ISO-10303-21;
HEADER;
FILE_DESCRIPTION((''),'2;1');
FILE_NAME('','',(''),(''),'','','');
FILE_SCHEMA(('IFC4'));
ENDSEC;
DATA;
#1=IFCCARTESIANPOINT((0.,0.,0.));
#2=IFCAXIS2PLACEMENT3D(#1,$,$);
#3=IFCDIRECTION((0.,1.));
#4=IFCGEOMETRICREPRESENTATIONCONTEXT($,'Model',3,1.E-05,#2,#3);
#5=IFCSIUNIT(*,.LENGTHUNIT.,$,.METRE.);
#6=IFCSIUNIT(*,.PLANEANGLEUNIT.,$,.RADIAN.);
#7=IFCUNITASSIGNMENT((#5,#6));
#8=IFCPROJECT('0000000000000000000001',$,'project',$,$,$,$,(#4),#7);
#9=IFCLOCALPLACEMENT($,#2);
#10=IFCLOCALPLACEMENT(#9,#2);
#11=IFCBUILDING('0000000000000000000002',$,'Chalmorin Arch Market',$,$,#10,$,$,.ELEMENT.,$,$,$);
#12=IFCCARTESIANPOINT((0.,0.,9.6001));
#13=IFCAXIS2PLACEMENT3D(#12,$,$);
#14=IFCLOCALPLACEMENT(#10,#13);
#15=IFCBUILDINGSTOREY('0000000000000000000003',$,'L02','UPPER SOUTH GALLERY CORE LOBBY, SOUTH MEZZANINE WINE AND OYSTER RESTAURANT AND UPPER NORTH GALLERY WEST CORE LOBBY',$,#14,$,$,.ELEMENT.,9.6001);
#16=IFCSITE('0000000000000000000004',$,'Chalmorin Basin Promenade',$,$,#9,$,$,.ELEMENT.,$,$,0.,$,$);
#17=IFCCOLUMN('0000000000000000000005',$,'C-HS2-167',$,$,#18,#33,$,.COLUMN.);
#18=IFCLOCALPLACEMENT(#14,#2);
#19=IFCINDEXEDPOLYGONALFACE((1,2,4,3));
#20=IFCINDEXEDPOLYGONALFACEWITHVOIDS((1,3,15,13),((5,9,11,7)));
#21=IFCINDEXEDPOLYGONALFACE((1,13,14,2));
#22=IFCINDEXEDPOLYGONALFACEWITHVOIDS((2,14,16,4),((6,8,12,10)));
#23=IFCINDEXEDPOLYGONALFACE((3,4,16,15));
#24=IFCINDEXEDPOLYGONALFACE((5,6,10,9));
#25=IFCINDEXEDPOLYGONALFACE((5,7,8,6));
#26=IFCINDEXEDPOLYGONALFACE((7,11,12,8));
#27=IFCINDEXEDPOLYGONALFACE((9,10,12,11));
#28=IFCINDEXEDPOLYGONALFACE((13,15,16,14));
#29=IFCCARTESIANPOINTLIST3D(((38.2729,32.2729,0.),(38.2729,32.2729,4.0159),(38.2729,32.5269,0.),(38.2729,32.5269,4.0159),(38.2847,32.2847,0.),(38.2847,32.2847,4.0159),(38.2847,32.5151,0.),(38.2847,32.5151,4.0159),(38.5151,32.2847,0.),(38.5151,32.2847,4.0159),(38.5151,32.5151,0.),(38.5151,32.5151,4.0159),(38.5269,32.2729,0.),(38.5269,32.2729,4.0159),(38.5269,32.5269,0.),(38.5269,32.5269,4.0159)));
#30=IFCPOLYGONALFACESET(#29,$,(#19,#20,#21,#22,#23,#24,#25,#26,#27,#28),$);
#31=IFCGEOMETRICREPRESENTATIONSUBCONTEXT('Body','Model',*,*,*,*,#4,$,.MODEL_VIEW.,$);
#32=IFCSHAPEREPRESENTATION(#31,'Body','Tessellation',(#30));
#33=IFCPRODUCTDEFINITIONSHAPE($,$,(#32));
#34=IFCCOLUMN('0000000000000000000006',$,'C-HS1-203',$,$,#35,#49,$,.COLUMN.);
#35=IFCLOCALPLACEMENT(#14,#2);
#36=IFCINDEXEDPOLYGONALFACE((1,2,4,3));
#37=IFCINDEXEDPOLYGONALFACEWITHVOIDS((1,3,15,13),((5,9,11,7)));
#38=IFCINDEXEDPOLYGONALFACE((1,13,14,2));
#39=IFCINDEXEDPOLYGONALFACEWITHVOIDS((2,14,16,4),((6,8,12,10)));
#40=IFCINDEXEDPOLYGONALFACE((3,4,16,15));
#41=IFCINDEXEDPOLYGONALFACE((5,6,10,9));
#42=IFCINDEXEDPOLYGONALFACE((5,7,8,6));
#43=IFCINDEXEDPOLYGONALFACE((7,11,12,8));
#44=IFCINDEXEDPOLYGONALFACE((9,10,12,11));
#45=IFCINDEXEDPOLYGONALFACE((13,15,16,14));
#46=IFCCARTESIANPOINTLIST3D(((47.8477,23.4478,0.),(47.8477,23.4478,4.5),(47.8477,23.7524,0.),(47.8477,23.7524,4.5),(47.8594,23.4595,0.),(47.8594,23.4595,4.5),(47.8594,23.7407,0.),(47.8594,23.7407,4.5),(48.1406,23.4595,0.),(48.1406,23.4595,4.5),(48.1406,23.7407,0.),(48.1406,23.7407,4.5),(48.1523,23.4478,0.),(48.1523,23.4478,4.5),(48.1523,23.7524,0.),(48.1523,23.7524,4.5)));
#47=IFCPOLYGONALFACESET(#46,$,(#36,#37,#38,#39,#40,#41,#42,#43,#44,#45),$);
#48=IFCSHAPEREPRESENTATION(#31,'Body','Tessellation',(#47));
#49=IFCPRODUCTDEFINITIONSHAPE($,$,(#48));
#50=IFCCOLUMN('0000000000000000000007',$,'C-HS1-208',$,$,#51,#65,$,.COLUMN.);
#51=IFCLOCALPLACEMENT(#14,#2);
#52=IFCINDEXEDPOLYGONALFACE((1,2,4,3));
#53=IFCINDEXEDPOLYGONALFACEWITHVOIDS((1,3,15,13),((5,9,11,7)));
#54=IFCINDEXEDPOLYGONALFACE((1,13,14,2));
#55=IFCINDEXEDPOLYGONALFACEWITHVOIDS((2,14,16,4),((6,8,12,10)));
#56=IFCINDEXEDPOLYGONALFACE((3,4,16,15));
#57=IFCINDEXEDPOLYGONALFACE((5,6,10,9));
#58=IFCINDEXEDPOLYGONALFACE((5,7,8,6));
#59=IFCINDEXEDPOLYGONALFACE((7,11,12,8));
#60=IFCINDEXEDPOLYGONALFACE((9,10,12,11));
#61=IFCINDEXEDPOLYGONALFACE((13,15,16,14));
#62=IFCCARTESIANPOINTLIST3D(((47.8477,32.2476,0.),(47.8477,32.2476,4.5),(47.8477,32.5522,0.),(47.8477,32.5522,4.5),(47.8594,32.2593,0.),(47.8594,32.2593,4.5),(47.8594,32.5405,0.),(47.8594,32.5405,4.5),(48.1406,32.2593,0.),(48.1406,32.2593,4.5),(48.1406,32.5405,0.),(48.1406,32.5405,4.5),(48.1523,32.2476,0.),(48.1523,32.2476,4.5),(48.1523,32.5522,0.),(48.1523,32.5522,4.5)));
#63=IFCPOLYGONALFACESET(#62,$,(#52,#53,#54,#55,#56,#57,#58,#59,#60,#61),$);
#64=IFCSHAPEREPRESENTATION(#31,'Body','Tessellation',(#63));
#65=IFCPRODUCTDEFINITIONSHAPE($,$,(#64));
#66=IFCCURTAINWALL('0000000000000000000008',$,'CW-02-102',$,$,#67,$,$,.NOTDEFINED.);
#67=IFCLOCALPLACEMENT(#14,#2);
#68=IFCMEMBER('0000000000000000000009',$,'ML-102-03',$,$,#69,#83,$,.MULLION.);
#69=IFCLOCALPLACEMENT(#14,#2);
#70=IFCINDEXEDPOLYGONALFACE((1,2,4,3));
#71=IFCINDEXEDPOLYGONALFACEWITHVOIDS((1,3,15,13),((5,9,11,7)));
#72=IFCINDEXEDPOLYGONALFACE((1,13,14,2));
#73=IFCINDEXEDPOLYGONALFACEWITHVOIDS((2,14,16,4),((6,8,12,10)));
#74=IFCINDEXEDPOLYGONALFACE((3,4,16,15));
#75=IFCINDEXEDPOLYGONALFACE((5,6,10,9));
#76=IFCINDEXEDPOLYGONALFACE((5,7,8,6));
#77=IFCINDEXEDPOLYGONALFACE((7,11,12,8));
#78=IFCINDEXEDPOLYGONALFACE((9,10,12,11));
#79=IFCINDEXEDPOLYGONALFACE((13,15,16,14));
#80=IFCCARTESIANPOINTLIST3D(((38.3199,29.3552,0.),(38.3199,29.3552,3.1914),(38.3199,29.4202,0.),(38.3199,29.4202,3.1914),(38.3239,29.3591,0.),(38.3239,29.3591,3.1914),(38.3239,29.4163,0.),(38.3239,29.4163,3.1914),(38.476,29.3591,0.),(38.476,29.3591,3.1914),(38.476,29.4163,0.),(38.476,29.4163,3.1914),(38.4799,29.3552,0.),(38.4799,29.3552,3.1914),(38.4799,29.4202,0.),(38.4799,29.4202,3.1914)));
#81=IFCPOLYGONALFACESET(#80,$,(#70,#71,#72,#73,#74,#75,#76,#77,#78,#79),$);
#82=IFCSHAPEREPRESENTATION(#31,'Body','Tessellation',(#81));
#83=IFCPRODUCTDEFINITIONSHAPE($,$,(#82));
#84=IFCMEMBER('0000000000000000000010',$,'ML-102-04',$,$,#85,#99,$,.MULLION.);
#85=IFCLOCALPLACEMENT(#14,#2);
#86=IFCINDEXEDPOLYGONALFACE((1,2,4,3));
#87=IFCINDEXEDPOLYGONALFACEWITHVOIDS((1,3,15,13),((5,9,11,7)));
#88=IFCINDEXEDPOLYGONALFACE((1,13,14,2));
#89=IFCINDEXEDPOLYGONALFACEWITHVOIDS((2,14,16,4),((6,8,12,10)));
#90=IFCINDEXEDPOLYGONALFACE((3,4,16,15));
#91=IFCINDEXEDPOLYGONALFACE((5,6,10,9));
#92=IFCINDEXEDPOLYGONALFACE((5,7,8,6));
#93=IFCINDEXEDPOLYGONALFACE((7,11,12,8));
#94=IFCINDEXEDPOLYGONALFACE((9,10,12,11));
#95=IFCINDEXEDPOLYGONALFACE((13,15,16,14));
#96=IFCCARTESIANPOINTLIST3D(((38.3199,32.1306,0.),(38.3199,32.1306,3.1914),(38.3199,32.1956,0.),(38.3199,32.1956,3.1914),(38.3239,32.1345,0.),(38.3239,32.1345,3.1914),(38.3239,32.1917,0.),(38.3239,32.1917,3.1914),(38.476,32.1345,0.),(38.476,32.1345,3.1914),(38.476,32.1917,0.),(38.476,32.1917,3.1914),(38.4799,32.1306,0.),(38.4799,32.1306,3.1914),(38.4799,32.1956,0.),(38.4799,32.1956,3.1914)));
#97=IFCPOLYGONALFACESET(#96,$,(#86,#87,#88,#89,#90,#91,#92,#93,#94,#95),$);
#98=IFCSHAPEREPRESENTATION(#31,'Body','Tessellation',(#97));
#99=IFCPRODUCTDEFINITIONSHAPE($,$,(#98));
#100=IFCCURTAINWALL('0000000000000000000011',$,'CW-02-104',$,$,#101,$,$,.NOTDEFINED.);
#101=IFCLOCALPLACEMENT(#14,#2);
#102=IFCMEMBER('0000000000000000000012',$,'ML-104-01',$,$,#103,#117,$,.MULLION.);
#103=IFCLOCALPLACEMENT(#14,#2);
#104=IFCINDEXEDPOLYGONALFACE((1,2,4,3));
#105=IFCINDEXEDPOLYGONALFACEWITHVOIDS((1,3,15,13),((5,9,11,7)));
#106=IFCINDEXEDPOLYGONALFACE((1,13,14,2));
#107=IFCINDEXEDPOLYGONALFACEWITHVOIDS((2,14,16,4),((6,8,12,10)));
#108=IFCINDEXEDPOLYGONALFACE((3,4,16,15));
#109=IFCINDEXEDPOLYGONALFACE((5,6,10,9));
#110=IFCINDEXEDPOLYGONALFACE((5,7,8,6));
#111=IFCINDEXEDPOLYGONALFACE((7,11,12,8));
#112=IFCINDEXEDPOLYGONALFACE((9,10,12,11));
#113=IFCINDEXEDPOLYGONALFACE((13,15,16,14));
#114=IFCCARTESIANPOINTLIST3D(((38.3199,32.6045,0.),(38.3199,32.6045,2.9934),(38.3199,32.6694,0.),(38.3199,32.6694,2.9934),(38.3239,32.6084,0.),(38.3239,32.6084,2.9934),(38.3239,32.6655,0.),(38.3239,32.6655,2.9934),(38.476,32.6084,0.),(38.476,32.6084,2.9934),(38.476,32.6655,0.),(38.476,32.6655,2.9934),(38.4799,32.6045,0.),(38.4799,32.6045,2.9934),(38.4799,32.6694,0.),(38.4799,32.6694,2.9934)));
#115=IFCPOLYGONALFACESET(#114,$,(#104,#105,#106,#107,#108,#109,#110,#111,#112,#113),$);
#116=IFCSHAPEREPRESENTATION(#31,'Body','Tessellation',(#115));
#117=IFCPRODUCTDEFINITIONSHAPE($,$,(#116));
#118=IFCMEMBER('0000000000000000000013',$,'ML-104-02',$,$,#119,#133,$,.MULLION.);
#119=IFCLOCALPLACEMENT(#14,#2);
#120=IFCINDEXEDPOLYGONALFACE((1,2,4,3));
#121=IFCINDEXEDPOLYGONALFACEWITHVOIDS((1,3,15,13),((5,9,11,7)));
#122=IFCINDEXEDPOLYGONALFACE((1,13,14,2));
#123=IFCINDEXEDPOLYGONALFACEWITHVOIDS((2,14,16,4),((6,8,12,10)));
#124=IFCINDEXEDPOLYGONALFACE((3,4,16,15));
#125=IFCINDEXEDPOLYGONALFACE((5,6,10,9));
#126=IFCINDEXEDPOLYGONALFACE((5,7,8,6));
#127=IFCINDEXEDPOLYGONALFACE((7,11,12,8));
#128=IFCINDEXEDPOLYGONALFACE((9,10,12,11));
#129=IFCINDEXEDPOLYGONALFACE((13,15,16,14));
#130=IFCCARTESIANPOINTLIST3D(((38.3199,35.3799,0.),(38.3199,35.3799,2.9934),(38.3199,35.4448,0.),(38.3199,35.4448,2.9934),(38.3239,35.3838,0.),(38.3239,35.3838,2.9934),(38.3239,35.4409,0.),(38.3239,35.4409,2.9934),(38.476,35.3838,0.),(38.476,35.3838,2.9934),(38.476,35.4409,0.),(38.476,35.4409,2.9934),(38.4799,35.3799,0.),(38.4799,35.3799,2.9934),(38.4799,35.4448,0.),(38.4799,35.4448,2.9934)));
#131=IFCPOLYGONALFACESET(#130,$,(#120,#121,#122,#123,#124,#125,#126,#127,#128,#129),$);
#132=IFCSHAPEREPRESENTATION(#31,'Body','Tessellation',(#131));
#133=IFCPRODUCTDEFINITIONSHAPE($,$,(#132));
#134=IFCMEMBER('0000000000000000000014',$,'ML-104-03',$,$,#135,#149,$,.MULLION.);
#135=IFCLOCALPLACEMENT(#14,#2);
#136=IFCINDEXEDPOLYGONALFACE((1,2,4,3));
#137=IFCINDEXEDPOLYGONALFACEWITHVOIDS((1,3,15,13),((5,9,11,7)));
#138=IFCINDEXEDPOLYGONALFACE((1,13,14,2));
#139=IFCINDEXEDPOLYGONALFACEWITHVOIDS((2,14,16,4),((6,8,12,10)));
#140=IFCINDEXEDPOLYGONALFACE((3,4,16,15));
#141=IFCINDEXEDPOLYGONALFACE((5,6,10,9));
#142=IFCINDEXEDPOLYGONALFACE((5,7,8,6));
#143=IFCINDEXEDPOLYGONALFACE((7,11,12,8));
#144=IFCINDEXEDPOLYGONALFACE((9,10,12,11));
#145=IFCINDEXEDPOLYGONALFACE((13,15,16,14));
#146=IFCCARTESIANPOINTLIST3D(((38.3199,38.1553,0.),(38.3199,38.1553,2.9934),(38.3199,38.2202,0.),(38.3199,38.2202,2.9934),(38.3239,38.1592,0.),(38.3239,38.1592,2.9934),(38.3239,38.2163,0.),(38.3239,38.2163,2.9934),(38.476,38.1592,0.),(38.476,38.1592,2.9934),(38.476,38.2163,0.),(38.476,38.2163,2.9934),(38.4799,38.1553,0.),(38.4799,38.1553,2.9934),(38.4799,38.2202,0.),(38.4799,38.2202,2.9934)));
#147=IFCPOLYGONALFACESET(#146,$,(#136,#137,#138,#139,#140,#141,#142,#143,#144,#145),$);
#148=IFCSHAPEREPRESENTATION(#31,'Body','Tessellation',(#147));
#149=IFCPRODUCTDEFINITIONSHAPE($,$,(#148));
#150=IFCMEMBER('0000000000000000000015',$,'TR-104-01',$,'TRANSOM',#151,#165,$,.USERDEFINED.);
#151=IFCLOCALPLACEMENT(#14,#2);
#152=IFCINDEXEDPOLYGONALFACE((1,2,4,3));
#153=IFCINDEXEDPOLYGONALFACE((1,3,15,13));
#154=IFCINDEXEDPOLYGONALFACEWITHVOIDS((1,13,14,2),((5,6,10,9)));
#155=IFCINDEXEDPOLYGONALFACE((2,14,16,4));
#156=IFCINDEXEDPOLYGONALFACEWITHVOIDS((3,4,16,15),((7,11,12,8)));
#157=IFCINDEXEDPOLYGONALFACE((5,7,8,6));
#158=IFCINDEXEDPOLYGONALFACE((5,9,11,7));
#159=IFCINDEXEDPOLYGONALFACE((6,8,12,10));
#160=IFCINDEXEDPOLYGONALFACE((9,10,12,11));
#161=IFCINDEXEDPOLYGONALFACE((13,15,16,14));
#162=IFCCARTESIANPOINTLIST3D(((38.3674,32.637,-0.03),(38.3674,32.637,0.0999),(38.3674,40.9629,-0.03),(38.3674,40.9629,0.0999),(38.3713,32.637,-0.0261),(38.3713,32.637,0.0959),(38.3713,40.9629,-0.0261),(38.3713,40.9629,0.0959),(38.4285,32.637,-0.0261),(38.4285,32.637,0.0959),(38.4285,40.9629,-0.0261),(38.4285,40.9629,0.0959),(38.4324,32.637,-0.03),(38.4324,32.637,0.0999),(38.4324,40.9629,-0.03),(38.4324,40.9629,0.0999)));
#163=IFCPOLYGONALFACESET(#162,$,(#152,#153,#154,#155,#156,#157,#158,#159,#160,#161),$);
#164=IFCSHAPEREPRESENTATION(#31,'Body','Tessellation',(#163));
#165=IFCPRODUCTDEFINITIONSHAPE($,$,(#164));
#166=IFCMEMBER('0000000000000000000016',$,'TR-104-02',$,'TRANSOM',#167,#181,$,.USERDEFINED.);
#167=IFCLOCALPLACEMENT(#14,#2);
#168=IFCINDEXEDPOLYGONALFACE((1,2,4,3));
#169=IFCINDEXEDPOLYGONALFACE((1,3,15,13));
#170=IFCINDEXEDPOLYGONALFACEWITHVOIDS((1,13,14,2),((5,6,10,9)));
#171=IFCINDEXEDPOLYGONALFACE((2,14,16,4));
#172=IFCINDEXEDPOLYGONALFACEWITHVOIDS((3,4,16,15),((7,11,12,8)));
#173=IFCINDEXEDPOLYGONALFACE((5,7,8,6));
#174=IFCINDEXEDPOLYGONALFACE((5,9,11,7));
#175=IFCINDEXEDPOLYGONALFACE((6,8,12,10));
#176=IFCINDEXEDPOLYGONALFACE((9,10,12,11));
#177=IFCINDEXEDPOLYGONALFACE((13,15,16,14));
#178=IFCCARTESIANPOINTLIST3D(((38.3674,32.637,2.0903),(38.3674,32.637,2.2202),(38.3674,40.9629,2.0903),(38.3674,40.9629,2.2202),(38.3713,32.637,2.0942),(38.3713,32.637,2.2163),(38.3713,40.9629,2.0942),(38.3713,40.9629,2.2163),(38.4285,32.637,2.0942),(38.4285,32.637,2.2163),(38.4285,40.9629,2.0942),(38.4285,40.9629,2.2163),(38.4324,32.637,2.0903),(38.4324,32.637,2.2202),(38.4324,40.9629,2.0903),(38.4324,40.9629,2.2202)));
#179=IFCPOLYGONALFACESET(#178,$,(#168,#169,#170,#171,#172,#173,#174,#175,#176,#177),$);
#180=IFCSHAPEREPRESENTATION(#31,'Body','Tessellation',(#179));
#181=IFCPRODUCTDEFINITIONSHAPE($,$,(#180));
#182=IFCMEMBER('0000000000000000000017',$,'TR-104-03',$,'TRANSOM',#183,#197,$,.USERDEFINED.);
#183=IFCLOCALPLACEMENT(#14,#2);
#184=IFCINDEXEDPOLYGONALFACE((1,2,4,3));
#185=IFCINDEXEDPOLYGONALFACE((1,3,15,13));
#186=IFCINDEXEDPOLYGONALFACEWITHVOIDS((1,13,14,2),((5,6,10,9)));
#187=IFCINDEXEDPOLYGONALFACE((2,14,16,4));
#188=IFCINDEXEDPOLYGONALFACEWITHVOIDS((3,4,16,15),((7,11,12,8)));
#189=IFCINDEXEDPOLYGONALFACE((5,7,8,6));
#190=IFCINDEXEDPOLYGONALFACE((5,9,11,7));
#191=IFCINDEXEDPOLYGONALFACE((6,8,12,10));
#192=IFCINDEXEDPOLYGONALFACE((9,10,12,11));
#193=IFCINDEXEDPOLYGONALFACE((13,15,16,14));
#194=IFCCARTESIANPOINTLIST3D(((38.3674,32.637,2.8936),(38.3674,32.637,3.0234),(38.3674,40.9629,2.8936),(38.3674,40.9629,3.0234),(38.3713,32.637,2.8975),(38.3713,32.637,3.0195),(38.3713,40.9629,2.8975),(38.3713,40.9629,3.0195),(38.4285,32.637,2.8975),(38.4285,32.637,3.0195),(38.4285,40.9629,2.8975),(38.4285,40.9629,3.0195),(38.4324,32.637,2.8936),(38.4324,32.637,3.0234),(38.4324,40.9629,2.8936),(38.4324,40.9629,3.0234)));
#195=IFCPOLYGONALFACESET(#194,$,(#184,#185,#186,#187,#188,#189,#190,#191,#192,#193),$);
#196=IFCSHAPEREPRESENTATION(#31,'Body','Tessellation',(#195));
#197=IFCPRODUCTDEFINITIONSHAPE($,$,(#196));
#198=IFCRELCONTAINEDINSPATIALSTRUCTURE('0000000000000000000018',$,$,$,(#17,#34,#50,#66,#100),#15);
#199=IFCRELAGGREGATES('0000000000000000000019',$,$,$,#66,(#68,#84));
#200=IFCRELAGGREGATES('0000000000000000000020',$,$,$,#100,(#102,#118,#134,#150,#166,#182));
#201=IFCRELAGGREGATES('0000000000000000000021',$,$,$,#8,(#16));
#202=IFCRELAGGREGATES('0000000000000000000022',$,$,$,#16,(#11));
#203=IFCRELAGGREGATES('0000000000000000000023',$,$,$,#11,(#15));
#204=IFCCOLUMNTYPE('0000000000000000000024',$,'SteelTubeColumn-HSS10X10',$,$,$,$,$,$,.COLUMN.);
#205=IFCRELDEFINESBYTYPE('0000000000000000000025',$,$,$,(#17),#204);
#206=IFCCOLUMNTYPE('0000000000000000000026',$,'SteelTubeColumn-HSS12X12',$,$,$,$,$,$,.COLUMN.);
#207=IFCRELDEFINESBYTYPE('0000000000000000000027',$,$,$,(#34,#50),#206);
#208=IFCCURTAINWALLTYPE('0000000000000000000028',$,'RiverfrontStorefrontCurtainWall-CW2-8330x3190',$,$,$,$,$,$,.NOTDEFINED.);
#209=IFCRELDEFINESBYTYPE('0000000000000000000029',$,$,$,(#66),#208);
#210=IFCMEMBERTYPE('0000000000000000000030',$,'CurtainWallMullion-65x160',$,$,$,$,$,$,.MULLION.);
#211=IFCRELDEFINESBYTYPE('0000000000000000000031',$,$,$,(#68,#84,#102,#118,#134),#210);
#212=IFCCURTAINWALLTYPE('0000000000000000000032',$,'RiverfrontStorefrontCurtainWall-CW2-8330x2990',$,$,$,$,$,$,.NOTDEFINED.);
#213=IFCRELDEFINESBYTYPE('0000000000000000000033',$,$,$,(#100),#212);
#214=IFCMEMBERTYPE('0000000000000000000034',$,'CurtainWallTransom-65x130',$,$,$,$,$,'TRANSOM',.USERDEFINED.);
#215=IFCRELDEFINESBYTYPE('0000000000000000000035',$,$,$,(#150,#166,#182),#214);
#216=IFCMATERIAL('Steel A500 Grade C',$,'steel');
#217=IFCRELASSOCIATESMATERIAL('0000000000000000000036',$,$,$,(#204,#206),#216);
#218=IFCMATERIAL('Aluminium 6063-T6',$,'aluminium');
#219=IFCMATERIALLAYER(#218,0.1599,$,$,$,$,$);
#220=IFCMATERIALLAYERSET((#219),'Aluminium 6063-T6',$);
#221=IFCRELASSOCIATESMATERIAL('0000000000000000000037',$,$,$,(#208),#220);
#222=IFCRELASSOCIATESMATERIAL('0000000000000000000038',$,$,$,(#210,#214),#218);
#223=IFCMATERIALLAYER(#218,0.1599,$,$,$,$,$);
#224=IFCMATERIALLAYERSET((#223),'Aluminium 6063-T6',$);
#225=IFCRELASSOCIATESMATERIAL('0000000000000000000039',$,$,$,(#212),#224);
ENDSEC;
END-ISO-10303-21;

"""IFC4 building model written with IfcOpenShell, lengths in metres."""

from ifc_helpers import new_model, si_unit, direction, frame, origin, origin_2d, place, context, subcontext, project, spatial, hollow_rectangle, extrude, material, layer, layer_set, material_profile, profile_set, type_object, element, aggregate, save


model = new_model("IFC4")

# Units and contexts
model_context = context("Model", 3, precision=1e-05, world=origin(), true_north=direction((0.0, 1.0)))
body_context = subcontext(model_context, "Body", "Model", "MODEL_VIEW")
ifc_project = project(units=[si_unit("LENGTHUNIT", "METRE"), si_unit("PLANEANGLEUNIT", "RADIAN")], contexts=[model_context])

# Site, building, storey
site_placement = place(None, origin())
site = spatial("IfcSite", under=ifc_project, at=site_placement, Name="Chalmorin Basin Promenade", CompositionType="ELEMENT", RefElevation=0.0)
building_placement = place(site_placement, origin())
building = spatial("IfcBuilding", under=site, at=building_placement, Name="Chalmorin Arch Market", CompositionType="ELEMENT")
storey_placement = place(building_placement, frame((0.0, 0.0, 9.6001)))
storey = spatial("IfcBuildingStorey", under=building, at=storey_placement, Name="L02", Description="UPPER SOUTH GALLERY CORE LOBBY, SOUTH MEZZANINE WINE AND OYSTER RESTAURANT AND UPPER NORTH GALLERY WEST CORE LOBBY", CompositionType="ELEMENT", Elevation=9.6001)

# Columns
ifc_material_1 = material(Name="Steel A500 Grade C", Category="steel")
ifc_material_profile_1 = material_profile(ifc_material_1, hollow_rectangle(XDim=0.2539, YDim=0.2539, WallThickness=0.0117, at=origin_2d()), Name="HSS10X10X1/2")
ifc_profile_set_1 = profile_set([ifc_material_profile_1], Name="Steel A500 Grade C")
column_type_1 = type_object("IfcColumnType", Name="SteelTubeColumn-HSS10X10", PredefinedType="COLUMN", material=ifc_profile_set_1)
column_placement = place(storey_placement, frame((38.3999, 32.3999, 0.0), z_axis=(0.0, 0.0, 1.0), x_axis=(1.0, 0.0, 0.0)))
element("IfcColumn", 1, at=column_placement, inside=storey, type_object=column_type_1, Name="C-HS2-167", PredefinedType="COLUMN", context=body_context, shape_type="SweptSolid", body=[
    extrude(hollow_rectangle(XDim=0.2539, YDim=0.2539, WallThickness=0.0117, at=origin_2d()), origin(), (0.0, 0.0, 1.0), 4.0159),
])
ifc_material_profile_2 = material_profile(ifc_material_1, hollow_rectangle(XDim=0.3047, YDim=0.3047, WallThickness=0.0117, at=origin_2d()), Name="HSS12X12X1/2")
ifc_profile_set_2 = profile_set([ifc_material_profile_2], Name="Steel A500 Grade C")
column_type_2 = type_object("IfcColumnType", Name="SteelTubeColumn-HSS12X12", PredefinedType="COLUMN", material=ifc_profile_set_2)
for number, where, z_axis, x_axis, name in (
    (2, (48.0, 23.6001, 0.0), (0.0, 0.0, 1.0), (1.0, 0.0, 0.0), "C-HS1-203"),
    (3, (48.0, 32.3999, 0.0), (0.0, 0.0, 1.0), (1.0, 0.0, 0.0), "C-HS1-208"),
):
    element("IfcColumn", number, at=place(storey_placement, frame(where, z_axis=z_axis, x_axis=x_axis)), inside=storey, type_object=column_type_2, Name=name, PredefinedType="COLUMN", context=body_context, shape_type="SweptSolid", body=[
        extrude(hollow_rectangle(XDim=0.3047, YDim=0.3047, WallThickness=0.0117, at=origin_2d()), origin(), (0.0, 0.0, 1.0), 4.5),
    ])

# Curtain walls, members
ifc_material_2 = material(Name="Aluminium 6063-T6", Category="aluminium")
ifc_layer_1 = layer(ifc_material_2, 0.1599)
ifc_layer_set_1 = layer_set([ifc_layer_1], Name="Aluminium 6063-T6")
curtain_wall_type_1 = type_object("IfcCurtainWallType", Name="RiverfrontStorefrontCurtainWall-CW2-8330x3190", PredefinedType="NOTDEFINED", material=ifc_layer_set_1)
curtain_wall_1_placement = place(storey_placement, origin())
curtain_wall_1 = element("IfcCurtainWall", 4, at=curtain_wall_1_placement, inside=storey, type_object=curtain_wall_type_1, Name="CW-02-102", PredefinedType="NOTDEFINED")
ifc_material_profile_3 = material_profile(ifc_material_2, hollow_rectangle(XDim=0.0649, YDim=0.1599, WallThickness=0.0039, at=origin_2d()), Name="ALU65X160X4")
ifc_profile_set_3 = profile_set([ifc_material_profile_3], Name="Aluminium 6063-T6")
member_type_1 = type_object("IfcMemberType", Name="CurtainWallMullion-65x160", PredefinedType="MULLION", material=ifc_profile_set_3)
member_1_placement = place(storey_placement, frame((38.3999, 29.3877, 0.0), z_axis=(0.0, 0.0, 1.0), x_axis=(0.0, 1.0, 0.0)))
member_1 = element("IfcMember", 5, at=member_1_placement, type_object=member_type_1, Name="ML-102-03", PredefinedType="MULLION", context=body_context, shape_type="SweptSolid", body=[
    extrude(hollow_rectangle(XDim=0.0649, YDim=0.1599, WallThickness=0.0039, at=origin_2d()), origin(), (0.0, 0.0, 1.0), 3.1914),
])
member_2_placement = place(storey_placement, frame((38.3999, 32.1631, 0.0), z_axis=(0.0, 0.0, 1.0), x_axis=(0.0, 1.0, 0.0)))
member_2 = element("IfcMember", 6, at=member_2_placement, type_object=member_type_1, Name="ML-102-04", PredefinedType="MULLION", context=body_context, shape_type="SweptSolid", body=[
    extrude(hollow_rectangle(XDim=0.0649, YDim=0.1599, WallThickness=0.0039, at=origin_2d()), origin(), (0.0, 0.0, 1.0), 3.1914),
])
ifc_layer_2 = layer(ifc_material_2, 0.1599)
ifc_layer_set_2 = layer_set([ifc_layer_2], Name="Aluminium 6063-T6")
curtain_wall_type_2 = type_object("IfcCurtainWallType", Name="RiverfrontStorefrontCurtainWall-CW2-8330x2990", PredefinedType="NOTDEFINED", material=ifc_layer_set_2)
curtain_wall_2_placement = place(storey_placement, origin())
curtain_wall_2 = element("IfcCurtainWall", 7, at=curtain_wall_2_placement, inside=storey, type_object=curtain_wall_type_2, Name="CW-02-104", PredefinedType="NOTDEFINED")
member_3_placement = place(storey_placement, frame((38.3999, 32.637, 0.0), z_axis=(0.0, 0.0, 1.0), x_axis=(0.0, 1.0, 0.0)))
member_3 = element("IfcMember", 8, at=member_3_placement, type_object=member_type_1, Name="ML-104-01", PredefinedType="MULLION", context=body_context, shape_type="SweptSolid", body=[
    extrude(hollow_rectangle(XDim=0.0649, YDim=0.1599, WallThickness=0.0039, at=origin_2d()), origin(), (0.0, 0.0, 1.0), 2.9934),
])
member_4_placement = place(storey_placement, frame((38.3999, 35.4124, 0.0), z_axis=(0.0, 0.0, 1.0), x_axis=(0.0, 1.0, 0.0)))
member_4 = element("IfcMember", 9, at=member_4_placement, type_object=member_type_1, Name="ML-104-02", PredefinedType="MULLION", context=body_context, shape_type="SweptSolid", body=[
    extrude(hollow_rectangle(XDim=0.0649, YDim=0.1599, WallThickness=0.0039, at=origin_2d()), origin(), (0.0, 0.0, 1.0), 2.9934),
])
member_5_placement = place(storey_placement, frame((38.3999, 38.1877, 0.0), z_axis=(0.0, 0.0, 1.0), x_axis=(0.0, 1.0, 0.0)))
member_5 = element("IfcMember", 10, at=member_5_placement, type_object=member_type_1, Name="ML-104-03", PredefinedType="MULLION", context=body_context, shape_type="SweptSolid", body=[
    extrude(hollow_rectangle(XDim=0.0649, YDim=0.1599, WallThickness=0.0039, at=origin_2d()), origin(), (0.0, 0.0, 1.0), 2.9934),
])
ifc_material_profile_4 = material_profile(ifc_material_2, hollow_rectangle(XDim=0.0649, YDim=0.1299, WallThickness=0.0039, at=origin_2d()), Name="ALU65X130X4")
ifc_profile_set_4 = profile_set([ifc_material_profile_4], Name="Aluminium 6063-T6")
member_type_2 = type_object("IfcMemberType", Name="CurtainWallTransom-65x130", ElementType="TRANSOM", PredefinedType="USERDEFINED", material=ifc_profile_set_4)
member_6_placement = place(storey_placement, frame((38.3999, 32.637, 0.0349), z_axis=(0.0, 1.0, 0.0), x_axis=(-1.0, 0.0, 0.0)))
member_6 = element("IfcMember", 11, at=member_6_placement, type_object=member_type_2, Name="TR-104-01", ObjectType="TRANSOM", PredefinedType="USERDEFINED", context=body_context, shape_type="SweptSolid", body=[
    extrude(hollow_rectangle(XDim=0.0649, YDim=0.1299, WallThickness=0.0039, at=origin_2d()), origin(), (0.0, 0.0, 1.0), 8.3259),
])
member_7_placement = place(storey_placement, frame((38.3999, 32.637, 2.1553), z_axis=(0.0, 1.0, 0.0), x_axis=(-1.0, 0.0, 0.0)))
member_7 = element("IfcMember", 12, at=member_7_placement, type_object=member_type_2, Name="TR-104-02", ObjectType="TRANSOM", PredefinedType="USERDEFINED", context=body_context, shape_type="SweptSolid", body=[
    extrude(hollow_rectangle(XDim=0.0649, YDim=0.1299, WallThickness=0.0039, at=origin_2d()), origin(), (0.0, 0.0, 1.0), 8.3259),
])
member_8_placement = place(storey_placement, frame((38.3999, 32.637, 2.9585), z_axis=(0.0, 1.0, 0.0), x_axis=(-1.0, 0.0, 0.0)))
member_8 = element("IfcMember", 13, at=member_8_placement, type_object=member_type_2, Name="TR-104-03", ObjectType="TRANSOM", PredefinedType="USERDEFINED", context=body_context, shape_type="SweptSolid", body=[
    extrude(hollow_rectangle(XDim=0.0649, YDim=0.1299, WallThickness=0.0039, at=origin_2d()), origin(), (0.0, 0.0, 1.0), 8.3259),
])

aggregate(curtain_wall_1, [member_1, member_2])
aggregate(curtain_wall_2, [member_3, member_4, member_5, member_6, member_7, member_8])

save(model, "model.ifc")
